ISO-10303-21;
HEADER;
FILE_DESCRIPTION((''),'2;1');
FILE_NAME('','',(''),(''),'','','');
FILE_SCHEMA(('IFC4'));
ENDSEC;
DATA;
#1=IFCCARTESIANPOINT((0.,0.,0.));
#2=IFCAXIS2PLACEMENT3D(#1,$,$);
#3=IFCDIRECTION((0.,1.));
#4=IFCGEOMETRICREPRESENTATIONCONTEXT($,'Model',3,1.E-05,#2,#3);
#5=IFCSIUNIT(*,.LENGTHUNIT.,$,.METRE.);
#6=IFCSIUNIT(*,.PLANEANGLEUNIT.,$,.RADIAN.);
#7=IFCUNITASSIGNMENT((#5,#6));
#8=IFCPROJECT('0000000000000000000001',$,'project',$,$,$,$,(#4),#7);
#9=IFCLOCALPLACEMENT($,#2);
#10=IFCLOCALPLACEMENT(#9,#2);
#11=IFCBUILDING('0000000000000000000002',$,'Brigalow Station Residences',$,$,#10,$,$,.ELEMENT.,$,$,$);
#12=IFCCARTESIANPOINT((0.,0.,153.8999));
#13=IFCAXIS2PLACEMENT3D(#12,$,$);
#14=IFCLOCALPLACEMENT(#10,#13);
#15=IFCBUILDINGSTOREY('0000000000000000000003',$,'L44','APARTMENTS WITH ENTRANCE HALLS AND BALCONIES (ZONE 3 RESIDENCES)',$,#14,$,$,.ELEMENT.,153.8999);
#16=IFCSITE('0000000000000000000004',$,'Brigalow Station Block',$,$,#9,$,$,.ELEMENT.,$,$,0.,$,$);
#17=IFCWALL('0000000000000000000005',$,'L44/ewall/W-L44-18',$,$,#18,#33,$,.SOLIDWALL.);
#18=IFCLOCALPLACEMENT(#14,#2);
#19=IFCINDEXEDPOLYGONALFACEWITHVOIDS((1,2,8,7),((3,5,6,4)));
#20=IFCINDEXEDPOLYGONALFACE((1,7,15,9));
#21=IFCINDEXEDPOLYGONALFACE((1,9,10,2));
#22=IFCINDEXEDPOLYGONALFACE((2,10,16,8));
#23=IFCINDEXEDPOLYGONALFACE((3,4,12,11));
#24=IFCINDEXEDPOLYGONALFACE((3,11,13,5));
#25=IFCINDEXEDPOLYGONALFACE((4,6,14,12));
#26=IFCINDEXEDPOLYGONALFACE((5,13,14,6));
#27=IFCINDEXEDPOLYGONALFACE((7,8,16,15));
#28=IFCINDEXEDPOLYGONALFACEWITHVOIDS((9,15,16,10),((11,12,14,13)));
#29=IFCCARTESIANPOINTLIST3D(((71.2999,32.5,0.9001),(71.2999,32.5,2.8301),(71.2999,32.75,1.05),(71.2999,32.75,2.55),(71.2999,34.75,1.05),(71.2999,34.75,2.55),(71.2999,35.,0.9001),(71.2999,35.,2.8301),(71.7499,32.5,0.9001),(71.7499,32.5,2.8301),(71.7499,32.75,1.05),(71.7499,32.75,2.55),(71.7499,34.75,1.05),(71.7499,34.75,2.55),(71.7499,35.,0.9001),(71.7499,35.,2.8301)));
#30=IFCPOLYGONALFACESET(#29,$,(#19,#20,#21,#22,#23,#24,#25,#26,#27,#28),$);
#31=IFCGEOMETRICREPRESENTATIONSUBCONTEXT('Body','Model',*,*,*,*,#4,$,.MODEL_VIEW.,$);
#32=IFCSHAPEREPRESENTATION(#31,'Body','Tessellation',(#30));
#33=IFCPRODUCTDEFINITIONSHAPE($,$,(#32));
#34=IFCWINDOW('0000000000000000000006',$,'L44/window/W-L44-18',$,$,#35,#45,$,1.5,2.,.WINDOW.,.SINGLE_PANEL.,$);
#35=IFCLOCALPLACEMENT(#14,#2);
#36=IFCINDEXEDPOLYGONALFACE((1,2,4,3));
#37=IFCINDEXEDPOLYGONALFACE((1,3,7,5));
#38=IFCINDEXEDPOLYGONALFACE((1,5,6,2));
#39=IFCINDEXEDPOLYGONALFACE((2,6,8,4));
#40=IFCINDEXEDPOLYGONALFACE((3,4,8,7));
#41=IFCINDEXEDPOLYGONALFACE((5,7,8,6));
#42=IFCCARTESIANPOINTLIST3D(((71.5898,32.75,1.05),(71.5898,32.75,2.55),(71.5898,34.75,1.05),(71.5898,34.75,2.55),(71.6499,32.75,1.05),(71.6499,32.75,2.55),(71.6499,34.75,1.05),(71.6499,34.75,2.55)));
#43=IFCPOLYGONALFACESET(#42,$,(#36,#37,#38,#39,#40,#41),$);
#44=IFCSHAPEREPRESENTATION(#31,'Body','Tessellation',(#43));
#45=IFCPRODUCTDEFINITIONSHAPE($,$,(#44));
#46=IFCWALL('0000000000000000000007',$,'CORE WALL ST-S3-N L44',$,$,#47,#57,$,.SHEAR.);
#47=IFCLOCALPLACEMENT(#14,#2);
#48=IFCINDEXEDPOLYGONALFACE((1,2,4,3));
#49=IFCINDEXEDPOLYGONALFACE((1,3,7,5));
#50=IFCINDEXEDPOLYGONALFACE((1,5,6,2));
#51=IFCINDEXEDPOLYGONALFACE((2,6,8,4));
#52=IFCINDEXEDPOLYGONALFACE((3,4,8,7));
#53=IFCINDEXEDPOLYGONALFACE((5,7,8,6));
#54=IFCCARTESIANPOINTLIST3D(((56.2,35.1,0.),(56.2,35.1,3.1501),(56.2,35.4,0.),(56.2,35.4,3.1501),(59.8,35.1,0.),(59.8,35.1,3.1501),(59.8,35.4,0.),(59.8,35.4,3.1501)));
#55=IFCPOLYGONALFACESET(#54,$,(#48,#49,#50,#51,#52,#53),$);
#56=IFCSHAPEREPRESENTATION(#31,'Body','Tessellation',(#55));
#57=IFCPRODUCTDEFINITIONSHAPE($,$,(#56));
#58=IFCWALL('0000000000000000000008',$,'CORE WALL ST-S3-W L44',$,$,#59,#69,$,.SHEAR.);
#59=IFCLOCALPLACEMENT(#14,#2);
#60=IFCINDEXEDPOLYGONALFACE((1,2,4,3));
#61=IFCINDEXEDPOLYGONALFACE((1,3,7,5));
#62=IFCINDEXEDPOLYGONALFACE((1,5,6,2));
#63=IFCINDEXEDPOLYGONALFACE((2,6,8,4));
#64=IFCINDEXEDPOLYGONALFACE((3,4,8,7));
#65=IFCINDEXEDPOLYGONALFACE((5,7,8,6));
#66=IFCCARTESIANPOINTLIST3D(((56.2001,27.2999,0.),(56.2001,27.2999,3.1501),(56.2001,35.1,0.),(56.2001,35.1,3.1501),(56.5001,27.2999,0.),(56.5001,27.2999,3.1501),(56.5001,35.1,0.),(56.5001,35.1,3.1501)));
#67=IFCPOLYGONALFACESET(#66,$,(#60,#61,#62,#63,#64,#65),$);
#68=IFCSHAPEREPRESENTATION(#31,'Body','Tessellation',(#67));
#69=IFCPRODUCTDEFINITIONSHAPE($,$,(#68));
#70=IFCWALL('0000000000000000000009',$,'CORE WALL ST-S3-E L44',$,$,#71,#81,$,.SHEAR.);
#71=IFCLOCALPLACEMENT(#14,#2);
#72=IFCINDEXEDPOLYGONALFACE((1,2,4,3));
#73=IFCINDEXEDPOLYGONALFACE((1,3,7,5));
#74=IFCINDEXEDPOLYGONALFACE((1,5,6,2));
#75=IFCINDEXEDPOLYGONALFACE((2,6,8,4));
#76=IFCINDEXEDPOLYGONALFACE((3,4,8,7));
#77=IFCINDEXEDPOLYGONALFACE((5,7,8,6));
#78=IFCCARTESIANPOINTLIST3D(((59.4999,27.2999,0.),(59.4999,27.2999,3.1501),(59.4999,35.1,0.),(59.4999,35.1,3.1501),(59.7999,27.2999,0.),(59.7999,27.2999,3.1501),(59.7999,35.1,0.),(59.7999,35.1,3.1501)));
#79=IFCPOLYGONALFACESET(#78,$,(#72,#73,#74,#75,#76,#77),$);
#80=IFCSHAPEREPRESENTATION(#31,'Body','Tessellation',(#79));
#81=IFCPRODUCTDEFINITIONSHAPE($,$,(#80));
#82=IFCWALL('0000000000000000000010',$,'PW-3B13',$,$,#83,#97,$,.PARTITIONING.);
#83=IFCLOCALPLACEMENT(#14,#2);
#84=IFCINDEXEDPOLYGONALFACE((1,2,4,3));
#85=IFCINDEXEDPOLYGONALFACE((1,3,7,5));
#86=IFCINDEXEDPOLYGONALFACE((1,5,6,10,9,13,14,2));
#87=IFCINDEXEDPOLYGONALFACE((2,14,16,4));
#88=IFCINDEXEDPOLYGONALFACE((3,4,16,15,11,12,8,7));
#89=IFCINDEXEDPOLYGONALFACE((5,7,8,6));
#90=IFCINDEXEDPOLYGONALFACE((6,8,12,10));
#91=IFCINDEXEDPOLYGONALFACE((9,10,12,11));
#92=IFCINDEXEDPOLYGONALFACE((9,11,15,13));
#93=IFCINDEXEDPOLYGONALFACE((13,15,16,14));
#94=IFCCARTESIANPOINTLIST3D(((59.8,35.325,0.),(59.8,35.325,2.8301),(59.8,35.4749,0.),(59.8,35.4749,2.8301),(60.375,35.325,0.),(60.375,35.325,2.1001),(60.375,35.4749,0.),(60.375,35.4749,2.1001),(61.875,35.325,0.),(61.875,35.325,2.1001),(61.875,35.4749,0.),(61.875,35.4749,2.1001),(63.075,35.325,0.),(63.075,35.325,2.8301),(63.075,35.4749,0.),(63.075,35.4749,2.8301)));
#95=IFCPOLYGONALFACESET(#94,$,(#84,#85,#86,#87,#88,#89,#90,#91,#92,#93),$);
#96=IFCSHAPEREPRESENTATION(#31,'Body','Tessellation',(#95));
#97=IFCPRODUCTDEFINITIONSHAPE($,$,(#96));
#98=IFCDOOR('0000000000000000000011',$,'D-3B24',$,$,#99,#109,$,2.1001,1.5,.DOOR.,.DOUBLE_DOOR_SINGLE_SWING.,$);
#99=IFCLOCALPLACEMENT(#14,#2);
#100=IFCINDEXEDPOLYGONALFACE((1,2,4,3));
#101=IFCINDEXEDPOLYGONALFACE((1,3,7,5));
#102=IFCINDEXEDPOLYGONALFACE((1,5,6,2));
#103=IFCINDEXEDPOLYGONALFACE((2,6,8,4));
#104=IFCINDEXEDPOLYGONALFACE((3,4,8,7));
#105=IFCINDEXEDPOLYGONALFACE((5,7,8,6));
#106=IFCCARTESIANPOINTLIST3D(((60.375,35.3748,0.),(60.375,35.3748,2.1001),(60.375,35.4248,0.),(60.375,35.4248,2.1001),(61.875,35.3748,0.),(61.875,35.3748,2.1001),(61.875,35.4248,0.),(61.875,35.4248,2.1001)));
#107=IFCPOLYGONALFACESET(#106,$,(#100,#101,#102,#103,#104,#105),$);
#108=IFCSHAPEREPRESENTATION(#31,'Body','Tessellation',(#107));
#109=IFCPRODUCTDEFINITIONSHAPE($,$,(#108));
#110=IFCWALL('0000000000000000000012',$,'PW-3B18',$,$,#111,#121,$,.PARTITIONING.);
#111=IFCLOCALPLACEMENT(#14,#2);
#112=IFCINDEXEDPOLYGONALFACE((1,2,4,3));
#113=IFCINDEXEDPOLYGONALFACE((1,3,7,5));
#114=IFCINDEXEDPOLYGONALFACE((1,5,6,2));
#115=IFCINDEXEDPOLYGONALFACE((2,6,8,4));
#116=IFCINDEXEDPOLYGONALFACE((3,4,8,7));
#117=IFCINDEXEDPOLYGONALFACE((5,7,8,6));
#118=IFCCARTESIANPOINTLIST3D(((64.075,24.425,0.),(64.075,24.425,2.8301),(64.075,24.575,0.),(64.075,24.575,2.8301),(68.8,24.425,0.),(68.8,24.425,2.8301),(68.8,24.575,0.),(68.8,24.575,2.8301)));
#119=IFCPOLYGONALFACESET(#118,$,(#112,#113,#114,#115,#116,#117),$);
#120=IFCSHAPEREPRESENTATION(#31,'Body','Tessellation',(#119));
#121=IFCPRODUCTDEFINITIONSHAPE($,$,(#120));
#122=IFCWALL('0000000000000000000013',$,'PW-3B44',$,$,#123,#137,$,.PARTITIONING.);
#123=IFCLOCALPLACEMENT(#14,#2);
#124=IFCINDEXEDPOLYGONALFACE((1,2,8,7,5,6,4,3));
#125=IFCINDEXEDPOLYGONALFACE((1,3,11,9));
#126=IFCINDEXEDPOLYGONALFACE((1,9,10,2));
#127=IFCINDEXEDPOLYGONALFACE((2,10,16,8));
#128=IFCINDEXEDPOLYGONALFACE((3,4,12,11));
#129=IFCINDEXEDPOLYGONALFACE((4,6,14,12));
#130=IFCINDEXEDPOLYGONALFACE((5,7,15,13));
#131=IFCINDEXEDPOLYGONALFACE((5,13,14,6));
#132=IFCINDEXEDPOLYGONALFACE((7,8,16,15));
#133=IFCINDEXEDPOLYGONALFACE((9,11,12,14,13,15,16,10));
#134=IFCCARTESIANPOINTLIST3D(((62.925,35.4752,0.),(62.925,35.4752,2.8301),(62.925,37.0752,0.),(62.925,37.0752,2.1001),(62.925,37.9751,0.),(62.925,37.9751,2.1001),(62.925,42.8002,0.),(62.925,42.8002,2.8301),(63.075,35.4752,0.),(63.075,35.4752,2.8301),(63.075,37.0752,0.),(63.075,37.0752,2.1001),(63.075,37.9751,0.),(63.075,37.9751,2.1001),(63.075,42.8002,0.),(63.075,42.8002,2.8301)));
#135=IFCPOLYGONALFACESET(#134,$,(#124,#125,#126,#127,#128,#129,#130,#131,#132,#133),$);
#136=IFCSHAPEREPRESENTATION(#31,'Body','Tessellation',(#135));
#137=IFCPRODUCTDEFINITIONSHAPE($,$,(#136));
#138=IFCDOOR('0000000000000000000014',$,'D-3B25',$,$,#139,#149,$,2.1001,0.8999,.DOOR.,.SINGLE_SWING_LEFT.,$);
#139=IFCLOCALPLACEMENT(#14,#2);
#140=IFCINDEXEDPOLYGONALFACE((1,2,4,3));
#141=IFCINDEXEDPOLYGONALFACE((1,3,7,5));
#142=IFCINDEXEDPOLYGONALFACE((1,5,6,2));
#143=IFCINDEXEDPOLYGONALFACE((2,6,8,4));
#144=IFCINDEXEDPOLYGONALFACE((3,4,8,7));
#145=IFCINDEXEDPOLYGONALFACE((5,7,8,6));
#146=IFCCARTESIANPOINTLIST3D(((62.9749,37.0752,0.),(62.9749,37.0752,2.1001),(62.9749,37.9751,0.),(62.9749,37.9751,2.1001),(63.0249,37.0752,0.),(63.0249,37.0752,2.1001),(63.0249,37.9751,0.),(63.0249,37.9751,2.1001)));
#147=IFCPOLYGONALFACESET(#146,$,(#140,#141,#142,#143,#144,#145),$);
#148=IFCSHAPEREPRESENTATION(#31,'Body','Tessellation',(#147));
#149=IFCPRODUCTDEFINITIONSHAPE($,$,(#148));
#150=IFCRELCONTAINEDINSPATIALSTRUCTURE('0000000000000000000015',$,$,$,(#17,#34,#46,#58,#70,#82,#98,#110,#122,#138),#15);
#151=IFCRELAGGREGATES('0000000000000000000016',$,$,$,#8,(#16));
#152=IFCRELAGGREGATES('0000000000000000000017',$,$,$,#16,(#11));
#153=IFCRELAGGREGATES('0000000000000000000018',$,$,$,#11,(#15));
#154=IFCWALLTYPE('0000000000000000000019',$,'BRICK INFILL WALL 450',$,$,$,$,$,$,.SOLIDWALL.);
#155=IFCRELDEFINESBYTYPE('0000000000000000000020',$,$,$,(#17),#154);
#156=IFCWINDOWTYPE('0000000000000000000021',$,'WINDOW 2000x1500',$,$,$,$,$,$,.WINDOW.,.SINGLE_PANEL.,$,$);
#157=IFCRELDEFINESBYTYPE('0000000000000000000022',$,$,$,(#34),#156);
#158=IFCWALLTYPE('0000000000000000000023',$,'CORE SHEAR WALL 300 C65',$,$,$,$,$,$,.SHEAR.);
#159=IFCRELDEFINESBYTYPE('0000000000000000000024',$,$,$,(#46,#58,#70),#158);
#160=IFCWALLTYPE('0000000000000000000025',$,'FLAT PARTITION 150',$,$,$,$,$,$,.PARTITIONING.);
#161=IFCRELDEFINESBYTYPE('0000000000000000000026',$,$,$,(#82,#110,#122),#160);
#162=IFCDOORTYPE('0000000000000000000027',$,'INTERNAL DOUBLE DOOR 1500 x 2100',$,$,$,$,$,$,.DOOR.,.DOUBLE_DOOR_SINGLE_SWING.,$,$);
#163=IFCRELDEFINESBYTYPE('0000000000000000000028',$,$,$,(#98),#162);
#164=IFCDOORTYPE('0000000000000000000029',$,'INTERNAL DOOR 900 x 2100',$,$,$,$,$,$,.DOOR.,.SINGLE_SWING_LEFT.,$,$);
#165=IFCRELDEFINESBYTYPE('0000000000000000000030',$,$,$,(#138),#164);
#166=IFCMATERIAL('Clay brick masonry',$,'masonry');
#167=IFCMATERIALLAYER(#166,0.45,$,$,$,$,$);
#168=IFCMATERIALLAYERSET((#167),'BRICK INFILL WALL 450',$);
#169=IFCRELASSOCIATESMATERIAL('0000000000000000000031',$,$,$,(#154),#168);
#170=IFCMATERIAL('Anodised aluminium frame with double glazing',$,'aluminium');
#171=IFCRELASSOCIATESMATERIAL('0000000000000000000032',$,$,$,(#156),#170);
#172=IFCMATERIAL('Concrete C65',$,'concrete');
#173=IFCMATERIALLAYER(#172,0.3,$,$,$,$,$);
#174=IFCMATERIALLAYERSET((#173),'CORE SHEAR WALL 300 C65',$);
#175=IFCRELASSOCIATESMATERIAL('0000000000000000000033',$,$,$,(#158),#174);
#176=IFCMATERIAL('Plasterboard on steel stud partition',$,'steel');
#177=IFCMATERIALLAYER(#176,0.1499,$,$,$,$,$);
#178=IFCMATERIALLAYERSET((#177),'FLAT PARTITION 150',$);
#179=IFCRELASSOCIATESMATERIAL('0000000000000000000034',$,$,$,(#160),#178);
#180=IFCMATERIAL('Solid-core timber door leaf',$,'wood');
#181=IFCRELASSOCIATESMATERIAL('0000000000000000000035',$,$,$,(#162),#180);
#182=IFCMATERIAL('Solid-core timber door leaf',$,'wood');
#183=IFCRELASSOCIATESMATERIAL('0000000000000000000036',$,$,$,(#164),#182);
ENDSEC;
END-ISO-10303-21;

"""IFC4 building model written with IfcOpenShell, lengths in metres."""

from ifc_helpers import new_model, si_unit, direction, frame, frame_2d, origin, place, context, subcontext, project, spatial, rectangle, extrude, material, layer, layer_set, type_object, element, fill, save


model = new_model("IFC4")

# Units and contexts
model_context = context("Model", 3, precision=1e-05, world=origin(), true_north=direction((0.0, 1.0)))
body_context = subcontext(model_context, "Body", "Model", "MODEL_VIEW")
ifc_project = project(units=[si_unit("LENGTHUNIT", "METRE"), si_unit("PLANEANGLEUNIT", "RADIAN")], contexts=[model_context])

# Site, building, storey
site_placement = place(None, origin())
site = spatial("IfcSite", under=ifc_project, at=site_placement, Name="Brigalow Station Block", CompositionType="ELEMENT", RefElevation=0.0)
building_placement = place(site_placement, origin())
building = spatial("IfcBuilding", under=site, at=building_placement, Name="Brigalow Station Residences", CompositionType="ELEMENT")
storey_placement = place(building_placement, frame((0.0, 0.0, 153.8999)))
storey = spatial("IfcBuildingStorey", under=building, at=storey_placement, Name="L44", Description="APARTMENTS WITH ENTRANCE HALLS AND BALCONIES (ZONE 3 RESIDENCES)", CompositionType="ELEMENT", Elevation=153.8999)

# Shared definitions
ifc_material_1 = material(Name="Clay brick masonry", Category="masonry")
ifc_layer_1 = layer(ifc_material_1, 0.45)
ifc_layer_set_1 = layer_set([ifc_layer_1], Name="BRICK INFILL WALL 450")
wall_type_1 = type_object("IfcWallType", Name="BRICK INFILL WALL 450", PredefinedType="SOLIDWALL", material=ifc_layer_set_1)

# Wall, opening, window
wall_1_placement = place(storey_placement, frame((71.5249, 32.5, 0.9001), z_axis=(0.0, 0.0, 1.0), x_axis=(0.0, 1.0, 0.0)))
wall_1 = element("IfcWall", 1, at=wall_1_placement, inside=storey, type_object=wall_type_1, Name="L44/ewall/W-L44-18", PredefinedType="SOLIDWALL", context=body_context, shape_type="SweptSolid", body=[
    extrude(rectangle(XDim=2.5, YDim=0.45, at=frame_2d((1.25, 0.0))), origin(), (0.0, 0.0, 1.0), 1.9299),
])
opening_1_placement = place(wall_1_placement, frame((0.25, 0.0, 0.1499)))
opening_1 = element("IfcOpeningElement", 2, at=opening_1_placement, cuts=wall_1, PredefinedType="OPENING", context=body_context, shape_type="SweptSolid", body=[
    extrude(rectangle(XDim=2.0, YDim=1.5, at=frame_2d((1.0, 0.75))), frame((0.0, 0.2349, 0.0), z_axis=(0.0, -1.0, 0.0), x_axis=(1.0, 0.0, 0.0)), (0.0, 0.0, 1.0), 0.47),
])
ifc_material_2 = material(Name="Anodised aluminium frame with double glazing", Category="aluminium")
window_type_1 = type_object("IfcWindowType", Name="WINDOW 2000x1500", PartitioningType="SINGLE_PANEL", PredefinedType="WINDOW", material=ifc_material_2)
window_1_placement = place(opening_1_placement, origin())
window_1 = element("IfcWindow", 3, at=window_1_placement, inside=storey, type_object=window_type_1, Name="L44/window/W-L44-18", OverallHeight=1.5, OverallWidth=2.0, PartitioningType="SINGLE_PANEL", PredefinedType="WINDOW", context=body_context, shape_type="SweptSolid", body=[
    extrude(rectangle(XDim=2.0, YDim=1.5, at=frame_2d((1.0, 0.75))), frame((0.0, -0.0649, 0.0), z_axis=(0.0, -1.0, 0.0), x_axis=(1.0, 0.0, 0.0)), (0.0, 0.0, 1.0), 0.0601),
])
fill(opening_1, window_1)

# Walls
ifc_material_3 = material(Name="Concrete C65", Category="concrete")
ifc_layer_2 = layer(ifc_material_3, 0.3)
ifc_layer_set_2 = layer_set([ifc_layer_2], Name="CORE SHEAR WALL 300 C65")
wall_type_2 = type_object("IfcWallType", Name="CORE SHEAR WALL 300 C65", PredefinedType="SHEAR", material=ifc_layer_set_2)
wall_2_placement = place(storey_placement, frame((56.2, 35.25, 0.0), z_axis=(0.0, 0.0, 1.0), x_axis=(1.0, 0.0, 0.0)))
element("IfcWall", 4, at=wall_2_placement, inside=storey, type_object=wall_type_2, Name="CORE WALL ST-S3-N L44", PredefinedType="SHEAR", context=body_context, shape_type="SweptSolid", body=[
    extrude(rectangle(XDim=3.6001, YDim=0.3, at=frame_2d((1.8, 0.0))), origin(), (0.0, 0.0, 1.0), 3.1501),
])
for number, where, z_axis, x_axis, name in (
    (5, (56.3501, 27.3, 0.0), (0.0, 0.0, 1.0), (0.0, 1.0, 0.0), "CORE WALL ST-S3-W L44"),
    (6, (59.6499, 27.3, 0.0), (0.0, 0.0, 1.0), (0.0, 1.0, 0.0), "CORE WALL ST-S3-E L44"),
):
    element("IfcWall", number, at=place(storey_placement, frame(where, z_axis=z_axis, x_axis=x_axis)), inside=storey, type_object=wall_type_2, Name=name, PredefinedType="SHEAR", context=body_context, shape_type="SweptSolid", body=[
        extrude(rectangle(XDim=7.8, YDim=0.3, at=frame_2d((3.8999, 0.0))), origin(), (0.0, 0.0, 1.0), 3.1501),
    ])

# Wall, opening, door
ifc_material_4 = material(Name="Plasterboard on steel stud partition", Category="steel")
ifc_layer_3 = layer(ifc_material_4, 0.1499)
ifc_layer_set_3 = layer_set([ifc_layer_3], Name="FLAT PARTITION 150")
wall_type_3 = type_object("IfcWallType", Name="FLAT PARTITION 150", PredefinedType="PARTITIONING", material=ifc_layer_set_3)
wall_3_placement = place(storey_placement, frame((59.8, 35.3999, 0.0), z_axis=(0.0, 0.0, 1.0), x_axis=(1.0, 0.0, 0.0)))
wall_3 = element("IfcWall", 7, at=wall_3_placement, inside=storey, type_object=wall_type_3, Name="PW-3B13", PredefinedType="PARTITIONING", context=body_context, shape_type="SweptSolid", body=[
    extrude(rectangle(XDim=3.2749, YDim=0.1499, at=frame_2d((1.6375, 0.0))), origin(), (0.0, 0.0, 1.0), 2.8301),
])
opening_2_placement = place(wall_3_placement, frame((0.575, 0.0, 0.0)))
opening_2 = element("IfcOpeningElement", 8, at=opening_2_placement, cuts=wall_3, PredefinedType="OPENING", context=body_context, shape_type="SweptSolid", body=[
    extrude(rectangle(XDim=1.5, YDim=2.1001, at=frame_2d((0.75, 1.05))), frame((0.0, 0.085, 0.0), z_axis=(0.0, -1.0, 0.0), x_axis=(1.0, 0.0, 0.0)), (0.0, 0.0, 1.0), 0.1699),
])
ifc_material_5 = material(Name="Solid-core timber door leaf", Category="wood")
door_type_1 = type_object("IfcDoorType", Name="INTERNAL DOUBLE DOOR 1500 x 2100", OperationType="DOUBLE_DOOR_SINGLE_SWING", PredefinedType="DOOR", material=ifc_material_5)
door_1_placement = place(opening_2_placement, origin())
door_1 = element("IfcDoor", 9, at=door_1_placement, inside=storey, type_object=door_type_1, Name="D-3B24", OperationType="DOUBLE_DOOR_SINGLE_SWING", OverallHeight=2.1001, OverallWidth=1.5, PredefinedType="DOOR", context=body_context, shape_type="SweptSolid", body=[
    extrude(rectangle(XDim=1.5, YDim=2.1001, at=frame_2d((0.75, 1.05))), frame((0.0, 0.0249, 0.0), z_axis=(0.0, -1.0, 0.0), x_axis=(1.0, 0.0, 0.0)), (0.0, 0.0, 1.0), 0.05),
])
fill(opening_2, door_1)

# Wall
wall_4_placement = place(storey_placement, frame((64.075, 24.5, 0.0), z_axis=(0.0, 0.0, 1.0), x_axis=(1.0, 0.0, 0.0)))
element("IfcWall", 10, at=wall_4_placement, inside=storey, type_object=wall_type_3, Name="PW-3B18", PredefinedType="PARTITIONING", context=body_context, shape_type="SweptSolid", body=[
    extrude(rectangle(XDim=4.7251, YDim=0.1499, at=frame_2d((2.3625, 0.0))), origin(), (0.0, 0.0, 1.0), 2.8301),
])

# Wall, opening, door
wall_5_placement = place(storey_placement, frame((63.0, 35.4751, 0.0), z_axis=(0.0, 0.0, 1.0), x_axis=(0.0, 1.0, 0.0)))
wall_5 = element("IfcWall", 11, at=wall_5_placement, inside=storey, type_object=wall_type_3, Name="PW-3B44", PredefinedType="PARTITIONING", context=body_context, shape_type="SweptSolid", body=[
    extrude(rectangle(XDim=7.325, YDim=0.1499, at=frame_2d((3.6626, 0.0))), origin(), (0.0, 0.0, 1.0), 2.8301),
])
opening_3_placement = place(wall_5_placement, frame((1.6001, 0.0, 0.0)))
opening_3 = element("IfcOpeningElement", 12, at=opening_3_placement, cuts=wall_5, PredefinedType="OPENING", context=body_context, shape_type="SweptSolid", body=[
    extrude(rectangle(XDim=0.8999, YDim=2.1001, at=frame_2d((0.45, 1.05))), frame((0.0, 0.085, 0.0), z_axis=(0.0, -1.0, 0.0), x_axis=(1.0, 0.0, 0.0)), (0.0, 0.0, 1.0), 0.1699),
])
ifc_material_6 = material(Name="Solid-core timber door leaf", Category="wood")
door_type_2 = type_object("IfcDoorType", Name="INTERNAL DOOR 900 x 2100", OperationType="SINGLE_SWING_LEFT", PredefinedType="DOOR", material=ifc_material_6)
door_2_placement = place(opening_3_placement, frame((0.8999, 0.0, 0.0), z_axis=(0.0, 0.0, 1.0), x_axis=(-1.0, 0.0, 0.0)))
door_2 = element("IfcDoor", 13, at=door_2_placement, inside=storey, type_object=door_type_2, Name="D-3B25", OperationType="SINGLE_SWING_LEFT", OverallHeight=2.1001, OverallWidth=0.8999, PredefinedType="DOOR", context=body_context, shape_type="SweptSolid", body=[
    extrude(rectangle(XDim=0.8999, YDim=2.1001, at=frame_2d((0.45, 1.05))), frame((0.0, 0.0249, 0.0), z_axis=(0.0, -1.0, 0.0), x_axis=(1.0, 0.0, 0.0)), (0.0, 0.0, 1.0), 0.05),
])
fill(opening_3, door_2)

save(model, "model.ifc")
